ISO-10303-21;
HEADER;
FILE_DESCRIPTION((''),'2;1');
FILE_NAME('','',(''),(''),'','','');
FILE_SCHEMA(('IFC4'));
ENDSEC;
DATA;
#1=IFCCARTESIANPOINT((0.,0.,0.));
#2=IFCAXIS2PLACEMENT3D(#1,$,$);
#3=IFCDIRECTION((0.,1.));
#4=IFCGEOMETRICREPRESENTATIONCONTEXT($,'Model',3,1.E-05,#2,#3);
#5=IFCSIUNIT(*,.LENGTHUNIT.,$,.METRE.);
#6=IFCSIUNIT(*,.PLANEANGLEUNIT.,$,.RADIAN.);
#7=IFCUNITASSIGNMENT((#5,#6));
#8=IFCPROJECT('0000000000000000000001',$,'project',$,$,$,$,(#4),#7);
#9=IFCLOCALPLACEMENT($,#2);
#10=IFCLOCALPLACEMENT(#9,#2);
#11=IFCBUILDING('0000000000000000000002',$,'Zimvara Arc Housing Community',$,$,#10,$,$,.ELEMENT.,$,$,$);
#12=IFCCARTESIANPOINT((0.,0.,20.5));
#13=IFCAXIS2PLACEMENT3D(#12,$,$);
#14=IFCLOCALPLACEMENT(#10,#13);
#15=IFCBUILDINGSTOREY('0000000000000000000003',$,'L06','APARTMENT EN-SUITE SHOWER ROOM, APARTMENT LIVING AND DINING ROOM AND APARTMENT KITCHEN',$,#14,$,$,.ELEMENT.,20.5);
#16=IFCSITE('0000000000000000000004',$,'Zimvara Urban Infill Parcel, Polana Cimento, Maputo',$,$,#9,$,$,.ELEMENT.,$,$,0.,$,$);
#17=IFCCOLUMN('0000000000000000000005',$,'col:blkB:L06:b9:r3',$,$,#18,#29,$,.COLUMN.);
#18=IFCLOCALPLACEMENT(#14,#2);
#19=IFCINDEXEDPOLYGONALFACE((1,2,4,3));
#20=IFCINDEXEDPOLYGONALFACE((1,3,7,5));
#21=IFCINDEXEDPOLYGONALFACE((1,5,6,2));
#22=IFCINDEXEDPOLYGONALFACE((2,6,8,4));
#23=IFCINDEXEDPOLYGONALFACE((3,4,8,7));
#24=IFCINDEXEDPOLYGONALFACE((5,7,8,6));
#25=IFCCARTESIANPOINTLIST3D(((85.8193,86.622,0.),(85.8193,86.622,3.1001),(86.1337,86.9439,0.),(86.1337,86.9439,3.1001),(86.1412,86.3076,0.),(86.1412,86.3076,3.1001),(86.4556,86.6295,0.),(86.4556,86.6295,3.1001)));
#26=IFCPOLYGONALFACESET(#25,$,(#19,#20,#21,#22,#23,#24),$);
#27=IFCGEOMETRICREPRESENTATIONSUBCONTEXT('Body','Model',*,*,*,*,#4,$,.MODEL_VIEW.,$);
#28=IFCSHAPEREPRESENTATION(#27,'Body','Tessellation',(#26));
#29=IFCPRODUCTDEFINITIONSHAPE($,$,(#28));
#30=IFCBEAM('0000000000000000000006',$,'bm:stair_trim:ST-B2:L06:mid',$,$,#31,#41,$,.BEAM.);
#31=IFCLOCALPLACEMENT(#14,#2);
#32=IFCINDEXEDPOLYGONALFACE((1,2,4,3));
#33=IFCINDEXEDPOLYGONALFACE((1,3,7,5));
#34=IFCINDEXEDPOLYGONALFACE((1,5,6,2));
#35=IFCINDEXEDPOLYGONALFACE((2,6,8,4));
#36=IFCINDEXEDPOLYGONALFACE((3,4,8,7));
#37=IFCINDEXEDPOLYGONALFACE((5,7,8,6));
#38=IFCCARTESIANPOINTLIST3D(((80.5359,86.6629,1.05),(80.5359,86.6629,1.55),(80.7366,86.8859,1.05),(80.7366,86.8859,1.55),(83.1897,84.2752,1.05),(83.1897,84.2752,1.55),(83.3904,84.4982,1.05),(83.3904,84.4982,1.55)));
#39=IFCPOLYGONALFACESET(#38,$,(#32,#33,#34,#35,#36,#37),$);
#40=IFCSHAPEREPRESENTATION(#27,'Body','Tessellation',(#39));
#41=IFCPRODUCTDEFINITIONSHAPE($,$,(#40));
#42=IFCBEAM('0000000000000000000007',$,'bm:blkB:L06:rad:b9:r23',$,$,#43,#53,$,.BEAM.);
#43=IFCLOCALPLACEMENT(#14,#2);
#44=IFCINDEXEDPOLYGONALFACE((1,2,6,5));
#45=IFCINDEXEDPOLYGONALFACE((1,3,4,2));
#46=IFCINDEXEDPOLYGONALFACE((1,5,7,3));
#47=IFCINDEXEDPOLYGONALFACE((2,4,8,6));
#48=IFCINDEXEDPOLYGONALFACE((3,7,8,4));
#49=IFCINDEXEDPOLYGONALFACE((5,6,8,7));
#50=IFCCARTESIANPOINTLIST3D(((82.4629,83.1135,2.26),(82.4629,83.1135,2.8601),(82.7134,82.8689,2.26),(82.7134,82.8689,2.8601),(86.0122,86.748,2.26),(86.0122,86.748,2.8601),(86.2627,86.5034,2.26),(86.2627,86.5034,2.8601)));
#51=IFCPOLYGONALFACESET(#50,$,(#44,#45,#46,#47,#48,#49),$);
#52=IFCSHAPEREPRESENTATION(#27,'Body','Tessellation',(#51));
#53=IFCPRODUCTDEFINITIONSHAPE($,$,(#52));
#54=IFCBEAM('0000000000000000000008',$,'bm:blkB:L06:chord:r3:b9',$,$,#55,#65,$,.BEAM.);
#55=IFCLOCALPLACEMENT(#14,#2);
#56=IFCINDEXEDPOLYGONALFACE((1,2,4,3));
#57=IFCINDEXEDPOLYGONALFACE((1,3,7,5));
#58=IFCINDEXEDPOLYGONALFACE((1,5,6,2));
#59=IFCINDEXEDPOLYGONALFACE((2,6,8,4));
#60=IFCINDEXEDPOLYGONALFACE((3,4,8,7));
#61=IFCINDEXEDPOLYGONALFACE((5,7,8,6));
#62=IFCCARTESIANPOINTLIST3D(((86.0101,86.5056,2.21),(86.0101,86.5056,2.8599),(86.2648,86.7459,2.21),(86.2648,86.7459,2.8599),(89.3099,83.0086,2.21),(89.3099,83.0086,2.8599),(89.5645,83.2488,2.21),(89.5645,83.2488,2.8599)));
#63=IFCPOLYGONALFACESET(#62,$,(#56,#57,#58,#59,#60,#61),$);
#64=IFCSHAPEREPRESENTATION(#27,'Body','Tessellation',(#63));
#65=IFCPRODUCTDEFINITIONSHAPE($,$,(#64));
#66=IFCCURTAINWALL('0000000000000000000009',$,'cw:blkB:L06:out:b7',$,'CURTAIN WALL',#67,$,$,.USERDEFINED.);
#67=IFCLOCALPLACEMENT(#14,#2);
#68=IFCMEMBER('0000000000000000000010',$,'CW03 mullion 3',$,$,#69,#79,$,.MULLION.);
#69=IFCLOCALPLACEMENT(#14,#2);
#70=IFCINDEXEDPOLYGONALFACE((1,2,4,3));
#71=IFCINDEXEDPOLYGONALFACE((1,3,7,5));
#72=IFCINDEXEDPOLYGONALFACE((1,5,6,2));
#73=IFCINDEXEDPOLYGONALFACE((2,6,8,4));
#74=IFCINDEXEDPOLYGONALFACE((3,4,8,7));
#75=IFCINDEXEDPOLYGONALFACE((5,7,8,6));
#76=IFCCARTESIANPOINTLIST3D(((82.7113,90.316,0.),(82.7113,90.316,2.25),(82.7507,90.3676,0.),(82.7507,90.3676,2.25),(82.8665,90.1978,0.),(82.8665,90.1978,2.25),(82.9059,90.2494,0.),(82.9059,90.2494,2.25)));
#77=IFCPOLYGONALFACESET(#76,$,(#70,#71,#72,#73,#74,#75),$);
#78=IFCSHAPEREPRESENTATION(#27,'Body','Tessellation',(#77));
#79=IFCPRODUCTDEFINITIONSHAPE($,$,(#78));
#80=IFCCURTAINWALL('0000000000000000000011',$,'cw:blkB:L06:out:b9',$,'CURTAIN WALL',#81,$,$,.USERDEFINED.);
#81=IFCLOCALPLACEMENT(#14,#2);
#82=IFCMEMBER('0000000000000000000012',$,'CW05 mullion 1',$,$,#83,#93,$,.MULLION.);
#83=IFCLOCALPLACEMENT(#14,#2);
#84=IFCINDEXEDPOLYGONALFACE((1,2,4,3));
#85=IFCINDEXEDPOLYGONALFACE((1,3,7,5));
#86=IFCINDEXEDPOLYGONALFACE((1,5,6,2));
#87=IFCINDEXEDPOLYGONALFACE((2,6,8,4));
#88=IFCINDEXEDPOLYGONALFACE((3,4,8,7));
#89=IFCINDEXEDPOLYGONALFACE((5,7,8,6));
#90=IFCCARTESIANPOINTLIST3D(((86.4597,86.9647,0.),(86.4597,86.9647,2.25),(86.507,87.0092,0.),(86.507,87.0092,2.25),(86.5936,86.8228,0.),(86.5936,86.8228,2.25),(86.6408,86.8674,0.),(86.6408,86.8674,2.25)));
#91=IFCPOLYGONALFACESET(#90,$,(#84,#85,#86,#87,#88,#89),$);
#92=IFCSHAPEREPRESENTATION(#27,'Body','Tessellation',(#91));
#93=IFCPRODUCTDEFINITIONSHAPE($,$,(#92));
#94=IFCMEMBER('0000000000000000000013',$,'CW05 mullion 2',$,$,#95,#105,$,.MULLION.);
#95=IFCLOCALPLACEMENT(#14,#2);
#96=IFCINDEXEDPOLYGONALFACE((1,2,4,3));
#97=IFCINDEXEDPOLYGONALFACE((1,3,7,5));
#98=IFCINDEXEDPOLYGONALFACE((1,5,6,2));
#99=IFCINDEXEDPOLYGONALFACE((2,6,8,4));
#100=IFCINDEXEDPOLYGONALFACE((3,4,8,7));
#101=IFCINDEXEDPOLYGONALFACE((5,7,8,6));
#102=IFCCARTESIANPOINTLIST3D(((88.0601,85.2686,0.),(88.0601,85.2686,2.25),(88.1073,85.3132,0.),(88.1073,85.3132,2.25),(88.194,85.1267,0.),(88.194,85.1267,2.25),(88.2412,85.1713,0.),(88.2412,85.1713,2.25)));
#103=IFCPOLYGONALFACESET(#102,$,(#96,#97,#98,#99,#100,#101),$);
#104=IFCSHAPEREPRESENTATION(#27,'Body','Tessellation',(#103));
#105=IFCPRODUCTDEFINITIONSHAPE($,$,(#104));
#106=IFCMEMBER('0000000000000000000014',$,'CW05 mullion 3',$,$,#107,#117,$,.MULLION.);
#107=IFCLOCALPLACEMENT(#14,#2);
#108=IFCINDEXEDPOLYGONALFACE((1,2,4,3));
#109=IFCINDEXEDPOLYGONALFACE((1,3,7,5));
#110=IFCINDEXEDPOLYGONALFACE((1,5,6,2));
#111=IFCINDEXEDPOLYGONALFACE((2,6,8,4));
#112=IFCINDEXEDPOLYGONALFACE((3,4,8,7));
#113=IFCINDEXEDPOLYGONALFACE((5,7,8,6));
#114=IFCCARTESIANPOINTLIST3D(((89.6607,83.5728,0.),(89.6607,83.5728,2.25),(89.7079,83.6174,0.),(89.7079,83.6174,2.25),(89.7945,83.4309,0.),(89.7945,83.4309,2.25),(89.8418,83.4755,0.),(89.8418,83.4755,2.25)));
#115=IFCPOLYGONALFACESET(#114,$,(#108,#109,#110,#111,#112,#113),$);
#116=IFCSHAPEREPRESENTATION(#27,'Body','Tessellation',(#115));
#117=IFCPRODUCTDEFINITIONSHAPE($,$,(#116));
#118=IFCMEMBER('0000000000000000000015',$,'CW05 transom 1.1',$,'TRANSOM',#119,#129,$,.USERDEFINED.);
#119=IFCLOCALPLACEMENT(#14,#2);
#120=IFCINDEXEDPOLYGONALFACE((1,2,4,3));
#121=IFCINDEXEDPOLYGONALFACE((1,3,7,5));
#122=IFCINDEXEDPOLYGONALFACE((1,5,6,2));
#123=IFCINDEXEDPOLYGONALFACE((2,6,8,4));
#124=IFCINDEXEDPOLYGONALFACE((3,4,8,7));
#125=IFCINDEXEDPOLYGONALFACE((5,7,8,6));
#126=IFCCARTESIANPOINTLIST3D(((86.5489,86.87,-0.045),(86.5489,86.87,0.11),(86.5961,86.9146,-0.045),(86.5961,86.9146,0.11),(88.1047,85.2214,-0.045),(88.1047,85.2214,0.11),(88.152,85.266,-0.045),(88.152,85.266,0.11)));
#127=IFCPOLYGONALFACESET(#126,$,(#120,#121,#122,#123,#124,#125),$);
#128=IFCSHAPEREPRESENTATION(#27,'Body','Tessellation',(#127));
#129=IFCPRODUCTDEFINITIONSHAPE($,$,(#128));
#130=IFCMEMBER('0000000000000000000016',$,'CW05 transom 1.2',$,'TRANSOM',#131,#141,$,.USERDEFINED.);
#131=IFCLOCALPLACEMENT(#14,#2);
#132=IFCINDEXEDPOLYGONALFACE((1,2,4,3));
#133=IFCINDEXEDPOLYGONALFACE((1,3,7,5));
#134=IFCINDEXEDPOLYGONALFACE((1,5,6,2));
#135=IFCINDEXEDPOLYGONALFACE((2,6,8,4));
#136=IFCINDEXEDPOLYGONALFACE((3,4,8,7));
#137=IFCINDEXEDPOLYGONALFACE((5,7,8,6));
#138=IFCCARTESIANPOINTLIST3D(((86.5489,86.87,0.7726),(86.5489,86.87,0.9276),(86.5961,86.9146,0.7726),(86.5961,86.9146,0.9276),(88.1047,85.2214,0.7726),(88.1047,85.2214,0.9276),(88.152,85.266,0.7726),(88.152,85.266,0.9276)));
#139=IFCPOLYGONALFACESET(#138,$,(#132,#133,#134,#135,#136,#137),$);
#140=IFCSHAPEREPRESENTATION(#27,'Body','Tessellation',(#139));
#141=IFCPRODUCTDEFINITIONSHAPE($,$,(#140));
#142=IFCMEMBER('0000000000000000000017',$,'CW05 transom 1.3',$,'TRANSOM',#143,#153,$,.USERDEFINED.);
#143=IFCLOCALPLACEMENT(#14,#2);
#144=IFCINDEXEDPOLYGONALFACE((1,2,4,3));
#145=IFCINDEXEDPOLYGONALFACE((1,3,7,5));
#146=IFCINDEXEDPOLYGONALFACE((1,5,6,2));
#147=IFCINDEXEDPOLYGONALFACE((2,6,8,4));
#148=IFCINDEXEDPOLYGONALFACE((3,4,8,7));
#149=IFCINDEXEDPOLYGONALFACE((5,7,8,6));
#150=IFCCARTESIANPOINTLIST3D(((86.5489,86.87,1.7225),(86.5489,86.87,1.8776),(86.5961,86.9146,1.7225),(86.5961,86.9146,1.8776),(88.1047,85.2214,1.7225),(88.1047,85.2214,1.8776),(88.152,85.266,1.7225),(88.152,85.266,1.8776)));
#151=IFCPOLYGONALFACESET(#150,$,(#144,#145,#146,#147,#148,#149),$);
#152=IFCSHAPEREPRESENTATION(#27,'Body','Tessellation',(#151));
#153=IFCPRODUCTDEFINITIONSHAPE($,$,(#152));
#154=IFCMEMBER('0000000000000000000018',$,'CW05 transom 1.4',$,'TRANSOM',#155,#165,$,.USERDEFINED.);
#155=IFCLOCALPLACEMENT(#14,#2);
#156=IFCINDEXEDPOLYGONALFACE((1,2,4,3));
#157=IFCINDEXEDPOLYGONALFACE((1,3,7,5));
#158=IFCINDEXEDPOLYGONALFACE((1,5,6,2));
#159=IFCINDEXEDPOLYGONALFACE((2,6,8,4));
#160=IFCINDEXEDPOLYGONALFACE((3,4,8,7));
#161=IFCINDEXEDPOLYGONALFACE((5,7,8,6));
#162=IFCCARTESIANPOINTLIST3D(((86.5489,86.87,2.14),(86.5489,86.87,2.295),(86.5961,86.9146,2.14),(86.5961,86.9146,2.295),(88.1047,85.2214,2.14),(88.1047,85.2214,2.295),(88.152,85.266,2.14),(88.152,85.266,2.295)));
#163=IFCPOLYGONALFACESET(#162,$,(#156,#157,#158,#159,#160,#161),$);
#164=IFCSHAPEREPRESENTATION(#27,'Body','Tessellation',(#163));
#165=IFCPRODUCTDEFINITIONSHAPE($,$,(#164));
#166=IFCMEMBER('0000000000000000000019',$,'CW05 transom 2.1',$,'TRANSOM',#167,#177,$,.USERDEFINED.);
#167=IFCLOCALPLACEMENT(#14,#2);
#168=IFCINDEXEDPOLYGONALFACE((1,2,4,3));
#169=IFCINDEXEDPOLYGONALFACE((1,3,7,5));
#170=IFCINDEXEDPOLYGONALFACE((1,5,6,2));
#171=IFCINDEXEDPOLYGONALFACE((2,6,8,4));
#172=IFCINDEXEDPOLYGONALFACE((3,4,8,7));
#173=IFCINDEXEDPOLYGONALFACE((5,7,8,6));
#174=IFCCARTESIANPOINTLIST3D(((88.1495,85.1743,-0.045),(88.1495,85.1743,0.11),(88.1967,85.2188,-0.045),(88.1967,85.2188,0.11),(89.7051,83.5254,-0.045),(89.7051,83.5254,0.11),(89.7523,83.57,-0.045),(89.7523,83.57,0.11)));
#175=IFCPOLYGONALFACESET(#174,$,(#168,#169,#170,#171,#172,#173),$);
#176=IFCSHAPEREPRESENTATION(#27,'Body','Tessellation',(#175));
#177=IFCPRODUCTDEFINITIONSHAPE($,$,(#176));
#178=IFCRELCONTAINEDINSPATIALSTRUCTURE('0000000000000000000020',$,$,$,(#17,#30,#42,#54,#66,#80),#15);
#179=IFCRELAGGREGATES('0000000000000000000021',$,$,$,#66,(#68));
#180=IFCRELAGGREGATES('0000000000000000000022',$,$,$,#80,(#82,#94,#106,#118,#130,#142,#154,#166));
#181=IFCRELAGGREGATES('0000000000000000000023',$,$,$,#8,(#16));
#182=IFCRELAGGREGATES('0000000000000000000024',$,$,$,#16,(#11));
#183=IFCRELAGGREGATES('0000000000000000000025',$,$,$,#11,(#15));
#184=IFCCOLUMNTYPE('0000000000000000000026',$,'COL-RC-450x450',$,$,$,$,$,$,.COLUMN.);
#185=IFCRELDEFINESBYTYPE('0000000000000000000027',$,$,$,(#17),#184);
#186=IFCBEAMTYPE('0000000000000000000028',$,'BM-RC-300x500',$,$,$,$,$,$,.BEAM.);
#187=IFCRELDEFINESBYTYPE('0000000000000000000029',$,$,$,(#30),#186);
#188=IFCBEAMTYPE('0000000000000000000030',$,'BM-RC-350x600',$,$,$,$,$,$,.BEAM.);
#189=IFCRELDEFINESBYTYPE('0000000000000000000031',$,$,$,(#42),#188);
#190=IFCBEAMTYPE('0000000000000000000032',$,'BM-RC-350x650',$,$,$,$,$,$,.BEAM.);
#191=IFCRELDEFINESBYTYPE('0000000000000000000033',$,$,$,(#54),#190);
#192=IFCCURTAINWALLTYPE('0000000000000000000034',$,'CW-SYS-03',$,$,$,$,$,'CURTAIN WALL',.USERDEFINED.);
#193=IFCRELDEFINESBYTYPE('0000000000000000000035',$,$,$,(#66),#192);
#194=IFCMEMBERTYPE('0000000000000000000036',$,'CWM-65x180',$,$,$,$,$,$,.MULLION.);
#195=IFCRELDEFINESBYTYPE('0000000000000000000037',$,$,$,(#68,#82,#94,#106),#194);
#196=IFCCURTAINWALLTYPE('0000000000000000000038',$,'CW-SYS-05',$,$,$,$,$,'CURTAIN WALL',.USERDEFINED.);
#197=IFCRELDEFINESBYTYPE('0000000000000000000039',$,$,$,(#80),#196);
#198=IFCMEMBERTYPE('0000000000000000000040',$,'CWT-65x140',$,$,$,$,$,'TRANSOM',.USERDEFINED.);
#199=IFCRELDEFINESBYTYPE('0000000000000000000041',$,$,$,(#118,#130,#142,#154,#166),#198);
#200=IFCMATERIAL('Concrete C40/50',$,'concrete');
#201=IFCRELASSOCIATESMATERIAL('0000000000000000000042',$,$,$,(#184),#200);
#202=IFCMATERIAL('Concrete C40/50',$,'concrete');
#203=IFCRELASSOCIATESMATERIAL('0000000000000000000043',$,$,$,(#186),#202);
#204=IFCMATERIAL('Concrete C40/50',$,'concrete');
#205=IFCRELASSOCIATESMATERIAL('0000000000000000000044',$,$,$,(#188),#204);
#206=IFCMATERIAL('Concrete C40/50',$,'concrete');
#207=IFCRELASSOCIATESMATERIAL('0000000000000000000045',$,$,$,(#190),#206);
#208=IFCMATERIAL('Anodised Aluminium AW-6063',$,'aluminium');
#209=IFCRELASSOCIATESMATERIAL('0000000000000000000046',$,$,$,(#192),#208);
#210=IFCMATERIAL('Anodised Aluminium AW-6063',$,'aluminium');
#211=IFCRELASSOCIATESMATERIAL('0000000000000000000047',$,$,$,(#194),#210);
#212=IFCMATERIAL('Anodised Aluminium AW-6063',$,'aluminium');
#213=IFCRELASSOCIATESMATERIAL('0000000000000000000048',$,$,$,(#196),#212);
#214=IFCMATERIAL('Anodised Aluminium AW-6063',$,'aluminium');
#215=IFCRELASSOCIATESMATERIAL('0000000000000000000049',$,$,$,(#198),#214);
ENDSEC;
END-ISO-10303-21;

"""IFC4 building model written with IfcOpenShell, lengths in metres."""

from ifc_helpers import new_model, si_unit, direction, frame, origin, origin_2d, place, context, subcontext, project, spatial, rectangle, extrude, material, material_profile, profile_set, type_object, element, aggregate, save


model = new_model("IFC4")

# Units and contexts
model_context = context("Model", 3, precision=1e-05, world=origin(), true_north=direction((0.0, 1.0)))
body_context = subcontext(model_context, "Body", "Model", "MODEL_VIEW")
ifc_project = project(units=[si_unit("LENGTHUNIT", "METRE"), si_unit("PLANEANGLEUNIT", "RADIAN")], contexts=[model_context])

# Site, building, storey
site_placement = place(None, origin())
site = spatial("IfcSite", under=ifc_project, at=site_placement, Name="Zimvara Urban Infill Parcel, Polana Cimento, Maputo", CompositionType="ELEMENT", RefElevation=0.0)
building_placement = place(site_placement, origin())
building = spatial("IfcBuilding", under=site, at=building_placement, Name="Zimvara Arc Housing Community", CompositionType="ELEMENT")
storey_placement = place(building_placement, frame((0.0, 0.0, 20.5)))
storey = spatial("IfcBuildingStorey", under=building, at=storey_placement, Name="L06", Description="APARTMENT EN-SUITE SHOWER ROOM, APARTMENT LIVING AND DINING ROOM AND APARTMENT KITCHEN", CompositionType="ELEMENT", Elevation=20.5)

# Column
ifc_material_1 = material(Name="Concrete C40/50", Category="concrete")
ifc_material_profile_1 = material_profile(ifc_material_1, rectangle(XDim=0.45, YDim=0.45, at=origin_2d()), Name="RC 450x450")
ifc_profile_set_1 = profile_set([ifc_material_profile_1], Name="Concrete C40/50")
column_type_1 = type_object("IfcColumnType", Name="COL-RC-450x450", PredefinedType="COLUMN", material=ifc_profile_set_1)
column_1_placement = place(storey_placement, frame((86.1375, 86.6257, 0.0), z_axis=(0.0, 0.0, 1.0), x_axis=(0.698665, 0.715449, 0.0)))
element("IfcColumn", 1, at=column_1_placement, inside=storey, type_object=column_type_1, Name="col:blkB:L06:b9:r3", PredefinedType="COLUMN", context=body_context, shape_type="SweptSolid", body=[
    extrude(rectangle(XDim=0.45, YDim=0.45, at=origin_2d()), origin(), (0.0, 0.0, 1.0), 3.1001),
])

# Beams
ifc_material_2 = material(Name="Concrete C40/50", Category="concrete")
ifc_material_profile_2 = material_profile(ifc_material_2, rectangle(XDim=0.3, YDim=0.5, at=origin_2d()), Name="RC 300x500")
ifc_profile_set_2 = profile_set([ifc_material_profile_2], Name="Concrete C40/50")
beam_type_1 = type_object("IfcBeamType", Name="BM-RC-300x500", PredefinedType="BEAM", material=ifc_profile_set_2)
beam_1_placement = place(storey_placement, frame((83.29, 84.3867, 1.3), z_axis=(-0.743396, 0.668851, 0.0), x_axis=(-0.668851, -0.743396, 0.0)))
element("IfcBeam", 2, at=beam_1_placement, inside=storey, type_object=beam_type_1, Name="bm:stair_trim:ST-B2:L06:mid", PredefinedType="BEAM", context=body_context, shape_type="SweptSolid", body=[
    extrude(rectangle(XDim=0.3, YDim=0.5, at=origin_2d()), origin(), (0.0, 0.0, 1.0), 3.5698),
])
ifc_material_3 = material(Name="Concrete C40/50", Category="concrete")
ifc_material_profile_3 = material_profile(ifc_material_3, rectangle(XDim=0.3501, YDim=0.6001, at=origin_2d()), Name="RC 350x600")
ifc_profile_set_3 = profile_set([ifc_material_profile_3], Name="Concrete C40/50")
beam_type_2 = type_object("IfcBeamType", Name="BM-RC-350x600", PredefinedType="BEAM", material=ifc_profile_set_3)
beam_2_placement = place(storey_placement, frame((82.5881, 82.9912, 2.5601), z_axis=(0.698671, 0.715443, 0.0), x_axis=(-0.715443, 0.698671, 0.0)))
element("IfcBeam", 3, at=beam_2_placement, inside=storey, type_object=beam_type_2, Name="bm:blkB:L06:rad:b9:r23", PredefinedType="BEAM", context=body_context, shape_type="SweptSolid", body=[
    extrude(rectangle(XDim=0.3501, YDim=0.6001, at=origin_2d()), origin(), (0.0, 0.0, 1.0), 5.0801),
])
ifc_material_4 = material(Name="Concrete C40/50", Category="concrete")
ifc_material_profile_4 = material_profile(ifc_material_4, rectangle(XDim=0.3501, YDim=0.6499, at=origin_2d()), Name="RC 350x650")
ifc_profile_set_4 = profile_set([ifc_material_profile_4], Name="Concrete C40/50")
beam_type_3 = type_object("IfcBeamType", Name="BM-RC-350x650", PredefinedType="BEAM", material=ifc_profile_set_4)
beam_3_placement = place(storey_placement, frame((86.1375, 86.6257, 2.5349), z_axis=(0.686295, -0.727323, 0.0), x_axis=(0.727323, 0.686295, 0.0)))
element("IfcBeam", 4, at=beam_3_placement, inside=storey, type_object=beam_type_3, Name="bm:blkB:L06:chord:r3:b9", PredefinedType="BEAM", context=body_context, shape_type="SweptSolid", body=[
    extrude(rectangle(XDim=0.3501, YDim=0.6499, at=origin_2d()), origin(), (0.0, 0.0, 1.0), 4.8081),
])

# Curtain wall, member
ifc_material_5 = material(Name="Anodised Aluminium AW-6063", Category="aluminium")
curtain_wall_type_1 = type_object("IfcCurtainWallType", Name="CW-SYS-03", ElementType="CURTAIN WALL", PredefinedType="USERDEFINED", material=ifc_material_5)
curtain_wall_1_placement = place(storey_placement, origin())
curtain_wall_1 = element("IfcCurtainWall", 5, at=curtain_wall_1_placement, inside=storey, type_object=curtain_wall_type_1, Name="cw:blkB:L06:out:b7", ObjectType="CURTAIN WALL", PredefinedType="USERDEFINED")
ifc_material_6 = material(Name="Anodised Aluminium AW-6063", Category="aluminium")
ifc_material_profile_5 = material_profile(ifc_material_6, rectangle(XDim=0.0649, YDim=0.1951, at=origin_2d()), Name="ALU 65x195")
ifc_profile_set_5 = profile_set([ifc_material_profile_5], Name="Anodised Aluminium AW-6063")
member_type_1 = type_object("IfcMemberType", Name="CWM-65x180", PredefinedType="MULLION", material=ifc_profile_set_5)
member_1_placement = place(storey_placement, frame((82.8086, 90.2827, 0.0), z_axis=(0.0, 0.0, 1.0), x_axis=(0.605988, 0.795474, 0.0)))
member_1 = element("IfcMember", 6, at=member_1_placement, type_object=member_type_1, Name="CW03 mullion 3", PredefinedType="MULLION", context=body_context, shape_type="SweptSolid", body=[
    extrude(rectangle(XDim=0.0649, YDim=0.1951, at=origin_2d()), origin(), (0.0, 0.0, 1.0), 2.25),
])
aggregate(curtain_wall_1, [member_1])

# Curtain wall, members
ifc_material_7 = material(Name="Anodised Aluminium AW-6063", Category="aluminium")
curtain_wall_type_2 = type_object("IfcCurtainWallType", Name="CW-SYS-05", ElementType="CURTAIN WALL", PredefinedType="USERDEFINED", material=ifc_material_7)
curtain_wall_2_placement = place(storey_placement, origin())
curtain_wall_2 = element("IfcCurtainWall", 7, at=curtain_wall_2_placement, inside=storey, type_object=curtain_wall_type_2, Name="cw:blkB:L06:out:b9", ObjectType="CURTAIN WALL", PredefinedType="USERDEFINED")
member_2_placement = place(storey_placement, frame((86.5503, 86.916, 0.0), z_axis=(0.0, 0.0, 1.0), x_axis=(0.727294, 0.686326, 0.0)))
member_2 = element("IfcMember", 8, at=member_2_placement, type_object=member_type_1, Name="CW05 mullion 1", PredefinedType="MULLION", context=body_context, shape_type="SweptSolid", body=[
    extrude(rectangle(XDim=0.0649, YDim=0.1951, at=origin_2d()), origin(), (0.0, 0.0, 1.0), 2.25),
])
member_3_placement = place(storey_placement, frame((88.1506, 85.22, 0.0), z_axis=(0.0, 0.0, 1.0), x_axis=(0.727294, 0.686326, 0.0)))
member_3 = element("IfcMember", 9, at=member_3_placement, type_object=member_type_1, Name="CW05 mullion 2", PredefinedType="MULLION", context=body_context, shape_type="SweptSolid", body=[
    extrude(rectangle(XDim=0.0649, YDim=0.1951, at=origin_2d()), origin(), (0.0, 0.0, 1.0), 2.25),
])
member_4_placement = place(storey_placement, frame((89.7512, 83.5242, 0.0), z_axis=(0.0, 0.0, 1.0), x_axis=(0.727294, 0.686326, 0.0)))
member_4 = element("IfcMember", 10, at=member_4_placement, type_object=member_type_1, Name="CW05 mullion 3", PredefinedType="MULLION", context=body_context, shape_type="SweptSolid", body=[
    extrude(rectangle(XDim=0.0649, YDim=0.1951, at=origin_2d()), origin(), (0.0, 0.0, 1.0), 2.25),
])
ifc_material_8 = material(Name="Anodised Aluminium AW-6063", Category="aluminium")
ifc_material_profile_6 = material_profile(ifc_material_8, rectangle(XDim=0.0649, YDim=0.155, at=origin_2d()), Name="ALU 65x155")
ifc_profile_set_6 = profile_set([ifc_material_profile_6], Name="Anodised Aluminium AW-6063")
member_type_2 = type_object("IfcMemberType", Name="CWT-65x140", ElementType="TRANSOM", PredefinedType="USERDEFINED", material=ifc_profile_set_6)
member_5_placement = place(storey_placement, frame((86.5725, 86.8923, 0.0325), z_axis=(0.686348, -0.727273, 0.0), x_axis=(0.727273, 0.686348, 0.0)))
member_5 = element("IfcMember", 11, at=member_5_placement, type_object=member_type_2, Name="CW05 transom 1.1", ObjectType="TRANSOM", PredefinedType="USERDEFINED", context=body_context, shape_type="SweptSolid", body=[
    extrude(rectangle(XDim=0.0649, YDim=0.155, at=origin_2d()), origin(), (0.0, 0.0, 1.0), 2.2668),
])
member_6_placement = place(storey_placement, frame((86.5725, 86.8923, 0.8501), z_axis=(0.686348, -0.727273, 0.0), x_axis=(0.727273, 0.686348, 0.0)))
member_6 = element("IfcMember", 12, at=member_6_placement, type_object=member_type_2, Name="CW05 transom 1.2", ObjectType="TRANSOM", PredefinedType="USERDEFINED", context=body_context, shape_type="SweptSolid", body=[
    extrude(rectangle(XDim=0.0649, YDim=0.155, at=origin_2d()), origin(), (0.0, 0.0, 1.0), 2.2668),
])
member_7_placement = place(storey_placement, frame((86.5725, 86.8923, 1.8), z_axis=(0.686348, -0.727273, 0.0), x_axis=(0.727273, 0.686348, 0.0)))
member_7 = element("IfcMember", 13, at=member_7_placement, type_object=member_type_2, Name="CW05 transom 1.3", ObjectType="TRANSOM", PredefinedType="USERDEFINED", context=body_context, shape_type="SweptSolid", body=[
    extrude(rectangle(XDim=0.0649, YDim=0.155, at=origin_2d()), origin(), (0.0, 0.0, 1.0), 2.2668),
])
member_8_placement = place(storey_placement, frame((86.5725, 86.8923, 2.2175), z_axis=(0.686348, -0.727273, 0.0), x_axis=(0.727273, 0.686348, 0.0)))
member_8 = element("IfcMember", 14, at=member_8_placement, type_object=member_type_2, Name="CW05 transom 1.4", ObjectType="TRANSOM", PredefinedType="USERDEFINED", context=body_context, shape_type="SweptSolid", body=[
    extrude(rectangle(XDim=0.0649, YDim=0.155, at=origin_2d()), origin(), (0.0, 0.0, 1.0), 2.2668),
])
member_9_placement = place(storey_placement, frame((88.1731, 85.1965, 0.0325), z_axis=(0.686238, -0.727377, 0.0), x_axis=(0.727377, 0.686238, 0.0)))
member_9 = element("IfcMember", 15, at=member_9_placement, type_object=member_type_2, Name="CW05 transom 2.1", ObjectType="TRANSOM", PredefinedType="USERDEFINED", context=body_context, shape_type="SweptSolid", body=[
    extrude(rectangle(XDim=0.0649, YDim=0.155, at=origin_2d()), origin(), (0.0, 0.0, 1.0), 2.2668),
])
aggregate(curtain_wall_2, [member_2, member_3, member_4, member_5, member_6, member_7, member_8, member_9])

save(model, "model.ifc")
